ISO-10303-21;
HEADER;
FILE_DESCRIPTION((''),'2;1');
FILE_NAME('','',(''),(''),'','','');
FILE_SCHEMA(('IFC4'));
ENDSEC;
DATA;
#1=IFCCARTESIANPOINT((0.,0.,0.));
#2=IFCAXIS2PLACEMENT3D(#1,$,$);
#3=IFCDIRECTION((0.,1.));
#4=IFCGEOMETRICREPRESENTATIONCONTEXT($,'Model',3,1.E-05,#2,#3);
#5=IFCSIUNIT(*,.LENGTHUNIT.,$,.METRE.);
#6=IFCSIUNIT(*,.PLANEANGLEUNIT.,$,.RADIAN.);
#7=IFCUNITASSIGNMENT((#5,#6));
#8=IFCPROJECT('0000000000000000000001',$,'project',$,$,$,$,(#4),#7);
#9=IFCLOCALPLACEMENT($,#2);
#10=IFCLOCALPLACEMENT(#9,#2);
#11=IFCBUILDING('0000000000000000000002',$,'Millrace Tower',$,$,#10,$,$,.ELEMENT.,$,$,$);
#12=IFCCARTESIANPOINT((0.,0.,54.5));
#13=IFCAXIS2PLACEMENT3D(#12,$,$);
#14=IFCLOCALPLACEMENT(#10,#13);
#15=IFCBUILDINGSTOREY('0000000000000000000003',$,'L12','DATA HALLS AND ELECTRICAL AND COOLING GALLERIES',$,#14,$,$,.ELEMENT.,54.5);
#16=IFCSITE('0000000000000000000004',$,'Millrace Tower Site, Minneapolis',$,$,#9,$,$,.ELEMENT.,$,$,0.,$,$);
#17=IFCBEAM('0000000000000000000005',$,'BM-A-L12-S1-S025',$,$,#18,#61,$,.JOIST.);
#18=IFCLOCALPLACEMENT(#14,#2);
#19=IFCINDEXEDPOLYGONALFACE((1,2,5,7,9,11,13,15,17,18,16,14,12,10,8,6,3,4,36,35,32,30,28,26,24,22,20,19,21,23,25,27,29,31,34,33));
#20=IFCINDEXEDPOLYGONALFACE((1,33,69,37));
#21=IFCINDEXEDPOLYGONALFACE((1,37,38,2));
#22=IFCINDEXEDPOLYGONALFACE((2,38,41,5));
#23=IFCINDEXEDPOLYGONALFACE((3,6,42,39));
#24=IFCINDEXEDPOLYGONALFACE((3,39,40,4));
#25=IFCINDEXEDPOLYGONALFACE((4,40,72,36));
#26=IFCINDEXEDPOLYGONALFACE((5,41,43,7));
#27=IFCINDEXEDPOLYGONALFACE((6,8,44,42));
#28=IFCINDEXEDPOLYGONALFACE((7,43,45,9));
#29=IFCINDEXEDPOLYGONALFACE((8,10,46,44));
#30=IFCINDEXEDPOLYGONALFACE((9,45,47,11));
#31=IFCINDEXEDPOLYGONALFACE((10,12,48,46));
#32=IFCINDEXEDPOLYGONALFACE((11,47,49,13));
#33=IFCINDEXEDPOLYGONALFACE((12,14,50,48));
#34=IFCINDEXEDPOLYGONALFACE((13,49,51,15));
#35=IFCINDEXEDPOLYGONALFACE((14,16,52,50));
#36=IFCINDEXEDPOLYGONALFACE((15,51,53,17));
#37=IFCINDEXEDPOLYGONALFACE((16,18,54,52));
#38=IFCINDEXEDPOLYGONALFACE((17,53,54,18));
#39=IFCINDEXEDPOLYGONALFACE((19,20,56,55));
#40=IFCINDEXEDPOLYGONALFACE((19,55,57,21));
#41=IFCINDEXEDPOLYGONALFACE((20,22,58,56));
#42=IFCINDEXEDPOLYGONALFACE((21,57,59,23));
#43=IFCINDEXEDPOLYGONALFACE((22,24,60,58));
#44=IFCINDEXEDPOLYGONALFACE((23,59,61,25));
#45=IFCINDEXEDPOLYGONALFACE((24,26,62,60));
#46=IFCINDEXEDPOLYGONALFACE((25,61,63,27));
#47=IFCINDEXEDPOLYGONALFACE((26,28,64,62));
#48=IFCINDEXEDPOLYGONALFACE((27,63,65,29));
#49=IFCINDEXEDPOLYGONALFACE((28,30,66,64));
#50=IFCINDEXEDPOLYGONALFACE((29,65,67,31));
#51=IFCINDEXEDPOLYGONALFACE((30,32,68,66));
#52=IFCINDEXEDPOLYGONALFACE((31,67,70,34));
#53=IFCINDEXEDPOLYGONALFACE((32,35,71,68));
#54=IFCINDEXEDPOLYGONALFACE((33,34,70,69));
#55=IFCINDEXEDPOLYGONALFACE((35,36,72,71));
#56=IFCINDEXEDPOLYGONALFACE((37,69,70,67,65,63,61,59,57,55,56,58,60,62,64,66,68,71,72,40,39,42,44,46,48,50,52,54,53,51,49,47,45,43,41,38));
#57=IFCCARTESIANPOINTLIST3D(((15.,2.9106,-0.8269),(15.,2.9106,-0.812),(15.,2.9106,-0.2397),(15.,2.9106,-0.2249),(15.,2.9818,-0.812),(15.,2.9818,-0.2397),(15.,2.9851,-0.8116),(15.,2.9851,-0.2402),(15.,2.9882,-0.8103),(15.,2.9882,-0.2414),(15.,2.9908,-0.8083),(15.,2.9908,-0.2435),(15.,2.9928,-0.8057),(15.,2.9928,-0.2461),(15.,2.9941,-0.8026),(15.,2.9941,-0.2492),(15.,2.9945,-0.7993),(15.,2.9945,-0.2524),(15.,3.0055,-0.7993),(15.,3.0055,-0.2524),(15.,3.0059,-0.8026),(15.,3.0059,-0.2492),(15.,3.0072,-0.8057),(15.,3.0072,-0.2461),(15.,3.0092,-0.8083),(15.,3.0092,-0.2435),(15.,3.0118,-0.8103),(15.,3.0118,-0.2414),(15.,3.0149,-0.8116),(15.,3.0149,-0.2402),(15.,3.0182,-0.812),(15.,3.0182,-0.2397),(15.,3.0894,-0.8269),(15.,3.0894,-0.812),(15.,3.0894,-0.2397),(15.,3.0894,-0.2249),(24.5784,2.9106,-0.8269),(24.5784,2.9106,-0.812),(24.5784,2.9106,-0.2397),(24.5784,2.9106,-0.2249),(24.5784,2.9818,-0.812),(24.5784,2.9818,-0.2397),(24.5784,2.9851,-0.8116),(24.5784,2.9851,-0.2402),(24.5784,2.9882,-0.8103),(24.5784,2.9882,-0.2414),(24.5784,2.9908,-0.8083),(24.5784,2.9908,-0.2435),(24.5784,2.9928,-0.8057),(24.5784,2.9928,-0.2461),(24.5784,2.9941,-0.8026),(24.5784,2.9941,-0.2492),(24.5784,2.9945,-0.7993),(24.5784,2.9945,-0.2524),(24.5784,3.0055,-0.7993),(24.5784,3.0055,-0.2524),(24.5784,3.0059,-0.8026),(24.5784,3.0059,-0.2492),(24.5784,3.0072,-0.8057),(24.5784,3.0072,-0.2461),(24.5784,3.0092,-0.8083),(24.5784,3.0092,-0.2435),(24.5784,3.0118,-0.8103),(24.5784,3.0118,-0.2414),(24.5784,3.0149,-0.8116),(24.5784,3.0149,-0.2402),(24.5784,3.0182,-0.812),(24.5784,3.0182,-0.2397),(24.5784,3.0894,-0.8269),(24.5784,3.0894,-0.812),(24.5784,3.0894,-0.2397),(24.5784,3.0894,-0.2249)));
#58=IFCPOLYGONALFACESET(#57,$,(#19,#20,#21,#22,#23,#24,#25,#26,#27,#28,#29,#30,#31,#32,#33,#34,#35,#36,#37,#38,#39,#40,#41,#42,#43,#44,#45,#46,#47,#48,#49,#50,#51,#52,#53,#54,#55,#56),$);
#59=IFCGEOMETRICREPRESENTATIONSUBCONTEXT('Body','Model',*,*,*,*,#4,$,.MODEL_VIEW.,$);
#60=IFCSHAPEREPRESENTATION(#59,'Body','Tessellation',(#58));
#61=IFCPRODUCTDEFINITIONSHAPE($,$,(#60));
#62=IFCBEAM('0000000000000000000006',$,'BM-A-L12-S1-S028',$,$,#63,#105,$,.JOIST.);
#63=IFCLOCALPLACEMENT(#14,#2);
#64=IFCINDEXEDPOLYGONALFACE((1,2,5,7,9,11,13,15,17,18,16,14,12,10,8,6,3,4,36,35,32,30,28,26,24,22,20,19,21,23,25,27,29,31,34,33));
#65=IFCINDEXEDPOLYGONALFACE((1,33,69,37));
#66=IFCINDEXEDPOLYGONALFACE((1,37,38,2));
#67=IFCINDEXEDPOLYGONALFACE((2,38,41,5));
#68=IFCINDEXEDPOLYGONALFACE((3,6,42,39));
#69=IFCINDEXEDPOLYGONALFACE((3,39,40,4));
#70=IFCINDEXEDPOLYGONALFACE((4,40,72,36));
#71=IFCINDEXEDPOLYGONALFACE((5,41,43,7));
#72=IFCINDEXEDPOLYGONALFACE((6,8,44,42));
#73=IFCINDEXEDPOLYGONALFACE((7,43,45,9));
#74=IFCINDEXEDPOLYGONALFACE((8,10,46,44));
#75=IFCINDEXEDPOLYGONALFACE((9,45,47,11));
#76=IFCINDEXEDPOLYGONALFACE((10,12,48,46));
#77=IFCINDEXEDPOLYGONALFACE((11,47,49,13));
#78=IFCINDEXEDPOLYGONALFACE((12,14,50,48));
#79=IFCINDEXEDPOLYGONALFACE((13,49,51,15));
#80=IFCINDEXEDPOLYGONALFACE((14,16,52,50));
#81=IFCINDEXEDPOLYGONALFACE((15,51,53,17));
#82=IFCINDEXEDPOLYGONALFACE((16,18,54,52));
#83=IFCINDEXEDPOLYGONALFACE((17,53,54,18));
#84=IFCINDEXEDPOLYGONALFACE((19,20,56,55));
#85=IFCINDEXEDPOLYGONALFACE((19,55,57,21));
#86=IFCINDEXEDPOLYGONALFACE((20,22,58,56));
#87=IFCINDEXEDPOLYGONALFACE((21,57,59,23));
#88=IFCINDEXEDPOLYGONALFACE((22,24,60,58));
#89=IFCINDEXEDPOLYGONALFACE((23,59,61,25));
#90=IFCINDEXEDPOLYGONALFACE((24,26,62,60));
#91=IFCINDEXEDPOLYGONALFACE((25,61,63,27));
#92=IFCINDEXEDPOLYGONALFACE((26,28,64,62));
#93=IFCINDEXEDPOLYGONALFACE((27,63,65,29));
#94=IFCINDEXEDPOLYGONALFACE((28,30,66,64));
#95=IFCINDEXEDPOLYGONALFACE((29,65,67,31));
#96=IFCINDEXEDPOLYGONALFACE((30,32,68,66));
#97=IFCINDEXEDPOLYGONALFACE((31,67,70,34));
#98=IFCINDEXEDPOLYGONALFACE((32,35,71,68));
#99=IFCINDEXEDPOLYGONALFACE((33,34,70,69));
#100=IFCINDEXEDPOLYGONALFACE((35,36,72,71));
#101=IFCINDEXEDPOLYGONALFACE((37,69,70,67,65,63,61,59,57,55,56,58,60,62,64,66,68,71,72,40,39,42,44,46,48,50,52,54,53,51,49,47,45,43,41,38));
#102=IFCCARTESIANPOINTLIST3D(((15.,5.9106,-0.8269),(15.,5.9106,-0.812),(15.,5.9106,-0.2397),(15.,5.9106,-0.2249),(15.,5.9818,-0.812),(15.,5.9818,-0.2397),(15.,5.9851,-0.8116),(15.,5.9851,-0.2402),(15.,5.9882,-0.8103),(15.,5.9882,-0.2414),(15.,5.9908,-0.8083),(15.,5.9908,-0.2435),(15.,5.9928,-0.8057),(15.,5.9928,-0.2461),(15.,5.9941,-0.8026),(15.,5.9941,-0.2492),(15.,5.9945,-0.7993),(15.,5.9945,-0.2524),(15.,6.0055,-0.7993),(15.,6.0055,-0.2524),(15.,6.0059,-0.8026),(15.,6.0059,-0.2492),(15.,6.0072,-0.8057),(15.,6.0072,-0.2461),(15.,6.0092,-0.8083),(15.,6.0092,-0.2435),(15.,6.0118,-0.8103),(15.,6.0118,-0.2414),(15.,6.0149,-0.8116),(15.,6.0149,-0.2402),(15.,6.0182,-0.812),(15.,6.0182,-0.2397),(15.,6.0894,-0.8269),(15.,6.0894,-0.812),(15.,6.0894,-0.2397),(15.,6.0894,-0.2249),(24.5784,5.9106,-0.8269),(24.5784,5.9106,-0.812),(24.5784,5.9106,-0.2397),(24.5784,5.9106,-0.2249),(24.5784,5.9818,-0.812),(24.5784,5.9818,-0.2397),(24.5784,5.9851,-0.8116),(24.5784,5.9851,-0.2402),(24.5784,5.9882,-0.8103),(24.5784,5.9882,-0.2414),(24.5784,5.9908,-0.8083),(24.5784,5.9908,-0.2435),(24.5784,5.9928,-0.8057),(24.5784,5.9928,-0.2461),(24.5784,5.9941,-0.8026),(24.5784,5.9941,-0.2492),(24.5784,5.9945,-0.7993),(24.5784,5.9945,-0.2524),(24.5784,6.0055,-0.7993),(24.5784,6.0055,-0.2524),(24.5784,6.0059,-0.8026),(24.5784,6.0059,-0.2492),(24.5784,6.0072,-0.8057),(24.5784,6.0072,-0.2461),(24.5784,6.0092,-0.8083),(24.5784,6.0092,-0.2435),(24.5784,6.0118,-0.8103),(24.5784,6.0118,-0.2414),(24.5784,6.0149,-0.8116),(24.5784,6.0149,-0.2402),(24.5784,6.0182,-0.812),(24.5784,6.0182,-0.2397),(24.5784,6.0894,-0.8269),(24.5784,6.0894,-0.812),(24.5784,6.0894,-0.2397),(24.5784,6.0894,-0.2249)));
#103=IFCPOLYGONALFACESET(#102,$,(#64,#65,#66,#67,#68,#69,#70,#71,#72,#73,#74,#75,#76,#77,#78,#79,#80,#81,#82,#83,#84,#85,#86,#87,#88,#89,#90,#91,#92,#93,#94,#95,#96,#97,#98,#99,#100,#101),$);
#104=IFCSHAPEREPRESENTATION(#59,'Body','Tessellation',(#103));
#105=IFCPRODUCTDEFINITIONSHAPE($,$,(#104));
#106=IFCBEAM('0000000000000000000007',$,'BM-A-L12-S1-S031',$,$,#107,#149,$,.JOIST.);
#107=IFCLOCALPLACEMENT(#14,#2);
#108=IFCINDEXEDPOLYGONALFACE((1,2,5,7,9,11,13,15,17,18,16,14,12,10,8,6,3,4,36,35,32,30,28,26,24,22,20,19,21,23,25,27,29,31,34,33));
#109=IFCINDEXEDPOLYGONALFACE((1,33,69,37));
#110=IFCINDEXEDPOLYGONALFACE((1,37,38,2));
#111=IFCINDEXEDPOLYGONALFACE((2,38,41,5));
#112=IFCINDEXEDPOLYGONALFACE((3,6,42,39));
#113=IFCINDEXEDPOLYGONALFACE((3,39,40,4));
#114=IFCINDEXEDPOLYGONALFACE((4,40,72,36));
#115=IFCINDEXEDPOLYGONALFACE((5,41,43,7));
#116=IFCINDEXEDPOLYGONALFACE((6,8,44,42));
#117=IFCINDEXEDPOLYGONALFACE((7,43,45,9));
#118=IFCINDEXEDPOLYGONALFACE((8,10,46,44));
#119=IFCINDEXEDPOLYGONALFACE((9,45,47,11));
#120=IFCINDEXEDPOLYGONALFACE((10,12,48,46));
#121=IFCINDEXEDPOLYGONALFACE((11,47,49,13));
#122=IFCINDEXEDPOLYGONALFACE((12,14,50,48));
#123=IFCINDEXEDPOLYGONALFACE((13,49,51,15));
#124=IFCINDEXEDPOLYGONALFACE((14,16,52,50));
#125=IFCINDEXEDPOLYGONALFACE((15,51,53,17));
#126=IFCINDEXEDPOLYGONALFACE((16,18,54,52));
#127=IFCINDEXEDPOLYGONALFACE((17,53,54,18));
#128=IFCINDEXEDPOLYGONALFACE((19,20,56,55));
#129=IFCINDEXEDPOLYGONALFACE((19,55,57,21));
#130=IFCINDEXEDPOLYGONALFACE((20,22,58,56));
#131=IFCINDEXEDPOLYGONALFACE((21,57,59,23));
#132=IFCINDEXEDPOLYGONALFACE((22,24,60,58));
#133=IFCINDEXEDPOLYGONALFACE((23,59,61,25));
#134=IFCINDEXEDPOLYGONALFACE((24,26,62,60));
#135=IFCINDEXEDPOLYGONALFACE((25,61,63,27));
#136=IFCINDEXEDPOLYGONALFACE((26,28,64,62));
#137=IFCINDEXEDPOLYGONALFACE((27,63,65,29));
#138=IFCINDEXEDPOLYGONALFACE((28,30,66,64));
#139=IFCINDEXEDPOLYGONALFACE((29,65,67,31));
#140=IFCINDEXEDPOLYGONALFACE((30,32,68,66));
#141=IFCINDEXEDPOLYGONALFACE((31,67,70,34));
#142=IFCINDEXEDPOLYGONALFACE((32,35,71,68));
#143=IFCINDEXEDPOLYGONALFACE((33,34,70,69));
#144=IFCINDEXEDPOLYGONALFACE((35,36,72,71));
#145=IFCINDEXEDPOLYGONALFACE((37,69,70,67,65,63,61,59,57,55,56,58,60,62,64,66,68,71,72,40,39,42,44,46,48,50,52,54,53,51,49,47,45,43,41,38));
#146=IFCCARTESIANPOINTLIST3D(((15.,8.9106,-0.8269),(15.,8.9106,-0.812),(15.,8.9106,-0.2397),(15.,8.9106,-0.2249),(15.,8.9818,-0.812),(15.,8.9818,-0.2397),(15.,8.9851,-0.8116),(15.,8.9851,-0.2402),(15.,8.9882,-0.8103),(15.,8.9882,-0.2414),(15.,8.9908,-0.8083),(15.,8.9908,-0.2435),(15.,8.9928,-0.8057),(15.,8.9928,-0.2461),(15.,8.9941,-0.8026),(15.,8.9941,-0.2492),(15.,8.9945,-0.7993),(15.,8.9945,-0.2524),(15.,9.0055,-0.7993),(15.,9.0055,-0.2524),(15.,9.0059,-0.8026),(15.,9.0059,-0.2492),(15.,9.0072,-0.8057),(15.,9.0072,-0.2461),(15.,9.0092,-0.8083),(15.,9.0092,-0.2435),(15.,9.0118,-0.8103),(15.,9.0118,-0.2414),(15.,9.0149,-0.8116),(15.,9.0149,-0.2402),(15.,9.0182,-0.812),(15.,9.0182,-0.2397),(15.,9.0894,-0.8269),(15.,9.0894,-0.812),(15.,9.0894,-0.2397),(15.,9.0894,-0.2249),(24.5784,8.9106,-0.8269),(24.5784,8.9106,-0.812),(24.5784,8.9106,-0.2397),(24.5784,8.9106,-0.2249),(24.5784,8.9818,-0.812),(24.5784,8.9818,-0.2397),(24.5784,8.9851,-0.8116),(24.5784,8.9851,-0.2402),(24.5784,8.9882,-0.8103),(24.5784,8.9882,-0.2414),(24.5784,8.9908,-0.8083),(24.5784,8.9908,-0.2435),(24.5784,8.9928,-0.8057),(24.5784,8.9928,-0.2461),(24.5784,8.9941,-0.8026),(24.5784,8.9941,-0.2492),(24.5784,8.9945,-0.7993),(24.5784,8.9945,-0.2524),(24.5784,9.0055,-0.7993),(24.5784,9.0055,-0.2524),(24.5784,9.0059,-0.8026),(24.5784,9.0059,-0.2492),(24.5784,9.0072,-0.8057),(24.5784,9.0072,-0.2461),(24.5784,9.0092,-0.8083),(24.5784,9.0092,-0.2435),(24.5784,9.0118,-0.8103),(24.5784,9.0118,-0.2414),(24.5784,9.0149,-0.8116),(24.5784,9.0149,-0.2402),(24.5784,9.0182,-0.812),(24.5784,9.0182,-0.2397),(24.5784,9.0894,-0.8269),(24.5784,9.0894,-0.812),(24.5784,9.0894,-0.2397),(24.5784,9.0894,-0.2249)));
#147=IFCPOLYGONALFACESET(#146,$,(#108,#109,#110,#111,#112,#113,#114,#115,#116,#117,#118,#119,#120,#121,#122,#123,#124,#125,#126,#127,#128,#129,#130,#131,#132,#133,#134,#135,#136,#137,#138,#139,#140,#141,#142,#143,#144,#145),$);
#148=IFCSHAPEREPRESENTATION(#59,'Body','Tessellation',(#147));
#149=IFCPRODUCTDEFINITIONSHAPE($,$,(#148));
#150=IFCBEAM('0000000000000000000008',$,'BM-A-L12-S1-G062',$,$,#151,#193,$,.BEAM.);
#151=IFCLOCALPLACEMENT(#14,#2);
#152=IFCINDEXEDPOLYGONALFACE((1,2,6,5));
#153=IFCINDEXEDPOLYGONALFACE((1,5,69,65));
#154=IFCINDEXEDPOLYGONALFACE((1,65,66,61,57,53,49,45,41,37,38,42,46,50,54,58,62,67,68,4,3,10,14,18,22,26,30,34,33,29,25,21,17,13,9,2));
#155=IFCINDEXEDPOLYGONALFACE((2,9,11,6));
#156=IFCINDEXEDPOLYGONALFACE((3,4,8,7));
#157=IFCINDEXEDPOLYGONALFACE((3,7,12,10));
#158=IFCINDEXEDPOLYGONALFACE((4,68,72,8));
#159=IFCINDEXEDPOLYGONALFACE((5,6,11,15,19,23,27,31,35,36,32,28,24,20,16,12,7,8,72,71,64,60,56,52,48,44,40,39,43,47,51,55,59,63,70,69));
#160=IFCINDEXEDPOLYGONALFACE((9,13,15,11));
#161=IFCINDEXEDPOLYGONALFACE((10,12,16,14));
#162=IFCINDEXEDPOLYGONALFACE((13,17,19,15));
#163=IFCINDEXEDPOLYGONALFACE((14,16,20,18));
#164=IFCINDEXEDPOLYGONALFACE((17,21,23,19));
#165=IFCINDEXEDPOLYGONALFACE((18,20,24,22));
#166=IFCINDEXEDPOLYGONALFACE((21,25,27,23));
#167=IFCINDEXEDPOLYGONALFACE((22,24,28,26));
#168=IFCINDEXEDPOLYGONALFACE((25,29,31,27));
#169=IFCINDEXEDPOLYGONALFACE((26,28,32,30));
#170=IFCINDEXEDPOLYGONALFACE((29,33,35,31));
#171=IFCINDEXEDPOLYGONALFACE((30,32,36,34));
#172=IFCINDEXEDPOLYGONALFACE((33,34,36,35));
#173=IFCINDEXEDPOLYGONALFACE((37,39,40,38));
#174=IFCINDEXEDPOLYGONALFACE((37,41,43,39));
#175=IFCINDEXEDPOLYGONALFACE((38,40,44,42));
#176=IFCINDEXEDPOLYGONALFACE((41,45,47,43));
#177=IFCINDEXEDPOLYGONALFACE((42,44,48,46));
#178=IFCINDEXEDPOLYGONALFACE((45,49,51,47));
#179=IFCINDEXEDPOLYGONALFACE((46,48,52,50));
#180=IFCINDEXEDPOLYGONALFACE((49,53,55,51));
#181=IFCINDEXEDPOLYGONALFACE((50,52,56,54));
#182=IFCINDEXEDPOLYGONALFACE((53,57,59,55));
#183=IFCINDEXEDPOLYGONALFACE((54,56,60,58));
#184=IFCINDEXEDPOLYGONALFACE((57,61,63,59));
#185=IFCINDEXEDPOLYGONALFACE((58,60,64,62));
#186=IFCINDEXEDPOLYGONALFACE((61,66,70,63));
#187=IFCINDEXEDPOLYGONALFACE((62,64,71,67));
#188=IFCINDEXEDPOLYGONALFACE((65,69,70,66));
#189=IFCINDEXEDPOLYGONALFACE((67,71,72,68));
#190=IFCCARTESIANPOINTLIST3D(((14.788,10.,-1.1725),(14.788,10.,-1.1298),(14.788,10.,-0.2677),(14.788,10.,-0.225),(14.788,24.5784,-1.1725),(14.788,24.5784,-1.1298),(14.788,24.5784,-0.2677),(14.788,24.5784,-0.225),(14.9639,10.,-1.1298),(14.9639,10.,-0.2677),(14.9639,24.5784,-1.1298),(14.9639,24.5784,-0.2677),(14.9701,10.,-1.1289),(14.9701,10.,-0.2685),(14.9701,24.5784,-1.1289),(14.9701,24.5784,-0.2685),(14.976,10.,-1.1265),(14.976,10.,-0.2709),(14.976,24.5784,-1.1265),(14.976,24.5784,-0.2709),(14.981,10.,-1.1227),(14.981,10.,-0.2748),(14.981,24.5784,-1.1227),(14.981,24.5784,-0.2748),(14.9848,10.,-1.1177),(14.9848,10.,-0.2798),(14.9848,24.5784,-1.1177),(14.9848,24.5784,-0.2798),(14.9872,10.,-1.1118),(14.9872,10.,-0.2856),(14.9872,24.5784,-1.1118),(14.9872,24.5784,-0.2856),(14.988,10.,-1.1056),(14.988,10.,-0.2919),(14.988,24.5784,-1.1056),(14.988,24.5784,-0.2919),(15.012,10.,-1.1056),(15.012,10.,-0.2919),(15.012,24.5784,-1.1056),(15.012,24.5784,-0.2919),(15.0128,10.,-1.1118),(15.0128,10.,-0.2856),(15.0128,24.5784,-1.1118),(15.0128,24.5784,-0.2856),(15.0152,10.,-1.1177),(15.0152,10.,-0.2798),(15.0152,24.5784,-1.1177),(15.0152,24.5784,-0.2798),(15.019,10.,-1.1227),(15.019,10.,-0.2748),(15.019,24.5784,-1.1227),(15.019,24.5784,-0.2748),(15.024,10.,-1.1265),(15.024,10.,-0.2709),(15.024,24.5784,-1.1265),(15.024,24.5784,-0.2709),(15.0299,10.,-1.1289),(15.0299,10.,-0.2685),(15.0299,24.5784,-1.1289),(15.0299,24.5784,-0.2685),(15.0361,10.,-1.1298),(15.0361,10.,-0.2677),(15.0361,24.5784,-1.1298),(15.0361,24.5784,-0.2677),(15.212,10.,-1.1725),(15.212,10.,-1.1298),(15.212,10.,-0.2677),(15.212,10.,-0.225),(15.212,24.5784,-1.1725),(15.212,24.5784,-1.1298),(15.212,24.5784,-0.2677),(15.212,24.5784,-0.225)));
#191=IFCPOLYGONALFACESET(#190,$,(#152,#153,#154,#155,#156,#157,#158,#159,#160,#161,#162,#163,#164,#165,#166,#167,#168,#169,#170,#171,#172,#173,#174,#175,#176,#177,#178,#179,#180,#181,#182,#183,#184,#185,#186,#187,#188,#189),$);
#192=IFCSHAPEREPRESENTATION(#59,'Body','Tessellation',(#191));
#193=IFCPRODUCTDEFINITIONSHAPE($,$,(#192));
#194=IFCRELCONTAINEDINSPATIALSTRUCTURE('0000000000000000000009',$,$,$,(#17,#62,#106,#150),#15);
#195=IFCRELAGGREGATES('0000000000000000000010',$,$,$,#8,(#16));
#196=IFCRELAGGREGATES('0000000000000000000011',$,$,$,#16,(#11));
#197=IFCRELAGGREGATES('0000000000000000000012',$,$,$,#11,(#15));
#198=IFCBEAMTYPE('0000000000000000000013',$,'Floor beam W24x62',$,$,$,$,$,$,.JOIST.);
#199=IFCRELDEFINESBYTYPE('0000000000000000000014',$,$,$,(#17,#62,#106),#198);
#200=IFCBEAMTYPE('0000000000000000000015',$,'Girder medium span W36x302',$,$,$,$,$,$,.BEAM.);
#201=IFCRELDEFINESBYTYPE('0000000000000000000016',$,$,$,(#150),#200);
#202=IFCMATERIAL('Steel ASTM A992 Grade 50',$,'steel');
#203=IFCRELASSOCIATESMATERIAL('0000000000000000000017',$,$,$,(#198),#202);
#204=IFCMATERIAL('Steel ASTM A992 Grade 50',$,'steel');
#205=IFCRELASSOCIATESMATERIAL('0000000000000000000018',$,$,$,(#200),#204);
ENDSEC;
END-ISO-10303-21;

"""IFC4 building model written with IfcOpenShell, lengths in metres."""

from ifc_helpers import new_model, si_unit, direction, frame, origin, origin_2d, place, context, subcontext, project, spatial, i_section, extrude, material, material_profile, profile_set, type_object, element, save


model = new_model("IFC4")

# Units and contexts
model_context = context("Model", 3, precision=1e-05, world=origin(), true_north=direction((0.0, 1.0)))
body_context = subcontext(model_context, "Body", "Model", "MODEL_VIEW")
ifc_project = project(units=[si_unit("LENGTHUNIT", "METRE"), si_unit("PLANEANGLEUNIT", "RADIAN")], contexts=[model_context])

# Site, building, storey
site_placement = place(None, origin())
site = spatial("IfcSite", under=ifc_project, at=site_placement, Name="Millrace Tower Site, Minneapolis", CompositionType="ELEMENT", RefElevation=0.0)
building_placement = place(site_placement, origin())
building = spatial("IfcBuilding", under=site, at=building_placement, Name="Millrace Tower", CompositionType="ELEMENT")
storey_placement = place(building_placement, frame((0.0, 0.0, 54.5)))
storey = spatial("IfcBuildingStorey", under=building, at=storey_placement, Name="L12", Description="DATA HALLS AND ELECTRICAL AND COOLING GALLERIES", CompositionType="ELEMENT", Elevation=54.5)

# Beams
ifc_material_1 = material(Name="Steel ASTM A992 Grade 50", Category="steel")
ifc_material_profile_1 = material_profile(ifc_material_1, i_section(OverallWidth=0.1787, OverallDepth=0.6021, WebThickness=0.011, FlangeThickness=0.0149, FilletRadius=0.0127, at=origin_2d()))
ifc_profile_set_1 = profile_set([ifc_material_profile_1], Name="Steel ASTM A992 Grade 50")
beam_type_1 = type_object("IfcBeamType", Name="Floor beam W24x62", PredefinedType="JOIST", material=ifc_profile_set_1)
for number, where, z_axis, x_axis, name in (
    (1, (15.0, 3.0, -0.5259), (1.0, 0.0, 0.0), (0.0, 1.0, 0.0), "BM-A-L12-S1-S025"),
    (2, (15.0, 6.0, -0.5259), (1.0, 0.0, 0.0), (0.0, 1.0, 0.0), "BM-A-L12-S1-S028"),
    (3, (15.0, 9.0, -0.5259), (1.0, 0.0, 0.0), (0.0, 1.0, 0.0), "BM-A-L12-S1-S031"),
):
    element("IfcBeam", number, at=place(storey_placement, frame(where, z_axis=z_axis, x_axis=x_axis)), inside=storey, type_object=beam_type_1, Name=name, PredefinedType="JOIST", context=body_context, shape_type="SweptSolid", body=[
        extrude(i_section(OverallWidth=0.1787, OverallDepth=0.6021, WebThickness=0.011, FlangeThickness=0.0149, FilletRadius=0.0127, at=origin_2d()), origin(), (0.0, 0.0, 1.0), 9.5784),
    ])
ifc_material_2 = material(Name="Steel ASTM A992 Grade 50", Category="steel")
ifc_material_profile_2 = material_profile(ifc_material_2, i_section(OverallWidth=0.4241, OverallDepth=0.9475, WebThickness=0.0239, FlangeThickness=0.0427, FilletRadius=0.0242, at=origin_2d()))
ifc_profile_set_2 = profile_set([ifc_material_profile_2], Name="Steel ASTM A992 Grade 50")
beam_type_2 = type_object("IfcBeamType", Name="Girder medium span W36x302", PredefinedType="BEAM", material=ifc_profile_set_2)
beam_1_placement = place(storey_placement, frame((15.0, 10.0, -0.6987), z_axis=(0.0, 1.0, 0.0), x_axis=(-1.0, 0.0, 0.0)))
element("IfcBeam", 4, at=beam_1_placement, inside=storey, type_object=beam_type_2, Name="BM-A-L12-S1-G062", PredefinedType="BEAM", context=body_context, shape_type="SweptSolid", body=[
    extrude(i_section(OverallWidth=0.4241, OverallDepth=0.9475, WebThickness=0.0239, FlangeThickness=0.0427, FilletRadius=0.0242, at=origin_2d()), origin(), (0.0, 0.0, 1.0), 14.5784),
])

save(model, "model.ifc")
